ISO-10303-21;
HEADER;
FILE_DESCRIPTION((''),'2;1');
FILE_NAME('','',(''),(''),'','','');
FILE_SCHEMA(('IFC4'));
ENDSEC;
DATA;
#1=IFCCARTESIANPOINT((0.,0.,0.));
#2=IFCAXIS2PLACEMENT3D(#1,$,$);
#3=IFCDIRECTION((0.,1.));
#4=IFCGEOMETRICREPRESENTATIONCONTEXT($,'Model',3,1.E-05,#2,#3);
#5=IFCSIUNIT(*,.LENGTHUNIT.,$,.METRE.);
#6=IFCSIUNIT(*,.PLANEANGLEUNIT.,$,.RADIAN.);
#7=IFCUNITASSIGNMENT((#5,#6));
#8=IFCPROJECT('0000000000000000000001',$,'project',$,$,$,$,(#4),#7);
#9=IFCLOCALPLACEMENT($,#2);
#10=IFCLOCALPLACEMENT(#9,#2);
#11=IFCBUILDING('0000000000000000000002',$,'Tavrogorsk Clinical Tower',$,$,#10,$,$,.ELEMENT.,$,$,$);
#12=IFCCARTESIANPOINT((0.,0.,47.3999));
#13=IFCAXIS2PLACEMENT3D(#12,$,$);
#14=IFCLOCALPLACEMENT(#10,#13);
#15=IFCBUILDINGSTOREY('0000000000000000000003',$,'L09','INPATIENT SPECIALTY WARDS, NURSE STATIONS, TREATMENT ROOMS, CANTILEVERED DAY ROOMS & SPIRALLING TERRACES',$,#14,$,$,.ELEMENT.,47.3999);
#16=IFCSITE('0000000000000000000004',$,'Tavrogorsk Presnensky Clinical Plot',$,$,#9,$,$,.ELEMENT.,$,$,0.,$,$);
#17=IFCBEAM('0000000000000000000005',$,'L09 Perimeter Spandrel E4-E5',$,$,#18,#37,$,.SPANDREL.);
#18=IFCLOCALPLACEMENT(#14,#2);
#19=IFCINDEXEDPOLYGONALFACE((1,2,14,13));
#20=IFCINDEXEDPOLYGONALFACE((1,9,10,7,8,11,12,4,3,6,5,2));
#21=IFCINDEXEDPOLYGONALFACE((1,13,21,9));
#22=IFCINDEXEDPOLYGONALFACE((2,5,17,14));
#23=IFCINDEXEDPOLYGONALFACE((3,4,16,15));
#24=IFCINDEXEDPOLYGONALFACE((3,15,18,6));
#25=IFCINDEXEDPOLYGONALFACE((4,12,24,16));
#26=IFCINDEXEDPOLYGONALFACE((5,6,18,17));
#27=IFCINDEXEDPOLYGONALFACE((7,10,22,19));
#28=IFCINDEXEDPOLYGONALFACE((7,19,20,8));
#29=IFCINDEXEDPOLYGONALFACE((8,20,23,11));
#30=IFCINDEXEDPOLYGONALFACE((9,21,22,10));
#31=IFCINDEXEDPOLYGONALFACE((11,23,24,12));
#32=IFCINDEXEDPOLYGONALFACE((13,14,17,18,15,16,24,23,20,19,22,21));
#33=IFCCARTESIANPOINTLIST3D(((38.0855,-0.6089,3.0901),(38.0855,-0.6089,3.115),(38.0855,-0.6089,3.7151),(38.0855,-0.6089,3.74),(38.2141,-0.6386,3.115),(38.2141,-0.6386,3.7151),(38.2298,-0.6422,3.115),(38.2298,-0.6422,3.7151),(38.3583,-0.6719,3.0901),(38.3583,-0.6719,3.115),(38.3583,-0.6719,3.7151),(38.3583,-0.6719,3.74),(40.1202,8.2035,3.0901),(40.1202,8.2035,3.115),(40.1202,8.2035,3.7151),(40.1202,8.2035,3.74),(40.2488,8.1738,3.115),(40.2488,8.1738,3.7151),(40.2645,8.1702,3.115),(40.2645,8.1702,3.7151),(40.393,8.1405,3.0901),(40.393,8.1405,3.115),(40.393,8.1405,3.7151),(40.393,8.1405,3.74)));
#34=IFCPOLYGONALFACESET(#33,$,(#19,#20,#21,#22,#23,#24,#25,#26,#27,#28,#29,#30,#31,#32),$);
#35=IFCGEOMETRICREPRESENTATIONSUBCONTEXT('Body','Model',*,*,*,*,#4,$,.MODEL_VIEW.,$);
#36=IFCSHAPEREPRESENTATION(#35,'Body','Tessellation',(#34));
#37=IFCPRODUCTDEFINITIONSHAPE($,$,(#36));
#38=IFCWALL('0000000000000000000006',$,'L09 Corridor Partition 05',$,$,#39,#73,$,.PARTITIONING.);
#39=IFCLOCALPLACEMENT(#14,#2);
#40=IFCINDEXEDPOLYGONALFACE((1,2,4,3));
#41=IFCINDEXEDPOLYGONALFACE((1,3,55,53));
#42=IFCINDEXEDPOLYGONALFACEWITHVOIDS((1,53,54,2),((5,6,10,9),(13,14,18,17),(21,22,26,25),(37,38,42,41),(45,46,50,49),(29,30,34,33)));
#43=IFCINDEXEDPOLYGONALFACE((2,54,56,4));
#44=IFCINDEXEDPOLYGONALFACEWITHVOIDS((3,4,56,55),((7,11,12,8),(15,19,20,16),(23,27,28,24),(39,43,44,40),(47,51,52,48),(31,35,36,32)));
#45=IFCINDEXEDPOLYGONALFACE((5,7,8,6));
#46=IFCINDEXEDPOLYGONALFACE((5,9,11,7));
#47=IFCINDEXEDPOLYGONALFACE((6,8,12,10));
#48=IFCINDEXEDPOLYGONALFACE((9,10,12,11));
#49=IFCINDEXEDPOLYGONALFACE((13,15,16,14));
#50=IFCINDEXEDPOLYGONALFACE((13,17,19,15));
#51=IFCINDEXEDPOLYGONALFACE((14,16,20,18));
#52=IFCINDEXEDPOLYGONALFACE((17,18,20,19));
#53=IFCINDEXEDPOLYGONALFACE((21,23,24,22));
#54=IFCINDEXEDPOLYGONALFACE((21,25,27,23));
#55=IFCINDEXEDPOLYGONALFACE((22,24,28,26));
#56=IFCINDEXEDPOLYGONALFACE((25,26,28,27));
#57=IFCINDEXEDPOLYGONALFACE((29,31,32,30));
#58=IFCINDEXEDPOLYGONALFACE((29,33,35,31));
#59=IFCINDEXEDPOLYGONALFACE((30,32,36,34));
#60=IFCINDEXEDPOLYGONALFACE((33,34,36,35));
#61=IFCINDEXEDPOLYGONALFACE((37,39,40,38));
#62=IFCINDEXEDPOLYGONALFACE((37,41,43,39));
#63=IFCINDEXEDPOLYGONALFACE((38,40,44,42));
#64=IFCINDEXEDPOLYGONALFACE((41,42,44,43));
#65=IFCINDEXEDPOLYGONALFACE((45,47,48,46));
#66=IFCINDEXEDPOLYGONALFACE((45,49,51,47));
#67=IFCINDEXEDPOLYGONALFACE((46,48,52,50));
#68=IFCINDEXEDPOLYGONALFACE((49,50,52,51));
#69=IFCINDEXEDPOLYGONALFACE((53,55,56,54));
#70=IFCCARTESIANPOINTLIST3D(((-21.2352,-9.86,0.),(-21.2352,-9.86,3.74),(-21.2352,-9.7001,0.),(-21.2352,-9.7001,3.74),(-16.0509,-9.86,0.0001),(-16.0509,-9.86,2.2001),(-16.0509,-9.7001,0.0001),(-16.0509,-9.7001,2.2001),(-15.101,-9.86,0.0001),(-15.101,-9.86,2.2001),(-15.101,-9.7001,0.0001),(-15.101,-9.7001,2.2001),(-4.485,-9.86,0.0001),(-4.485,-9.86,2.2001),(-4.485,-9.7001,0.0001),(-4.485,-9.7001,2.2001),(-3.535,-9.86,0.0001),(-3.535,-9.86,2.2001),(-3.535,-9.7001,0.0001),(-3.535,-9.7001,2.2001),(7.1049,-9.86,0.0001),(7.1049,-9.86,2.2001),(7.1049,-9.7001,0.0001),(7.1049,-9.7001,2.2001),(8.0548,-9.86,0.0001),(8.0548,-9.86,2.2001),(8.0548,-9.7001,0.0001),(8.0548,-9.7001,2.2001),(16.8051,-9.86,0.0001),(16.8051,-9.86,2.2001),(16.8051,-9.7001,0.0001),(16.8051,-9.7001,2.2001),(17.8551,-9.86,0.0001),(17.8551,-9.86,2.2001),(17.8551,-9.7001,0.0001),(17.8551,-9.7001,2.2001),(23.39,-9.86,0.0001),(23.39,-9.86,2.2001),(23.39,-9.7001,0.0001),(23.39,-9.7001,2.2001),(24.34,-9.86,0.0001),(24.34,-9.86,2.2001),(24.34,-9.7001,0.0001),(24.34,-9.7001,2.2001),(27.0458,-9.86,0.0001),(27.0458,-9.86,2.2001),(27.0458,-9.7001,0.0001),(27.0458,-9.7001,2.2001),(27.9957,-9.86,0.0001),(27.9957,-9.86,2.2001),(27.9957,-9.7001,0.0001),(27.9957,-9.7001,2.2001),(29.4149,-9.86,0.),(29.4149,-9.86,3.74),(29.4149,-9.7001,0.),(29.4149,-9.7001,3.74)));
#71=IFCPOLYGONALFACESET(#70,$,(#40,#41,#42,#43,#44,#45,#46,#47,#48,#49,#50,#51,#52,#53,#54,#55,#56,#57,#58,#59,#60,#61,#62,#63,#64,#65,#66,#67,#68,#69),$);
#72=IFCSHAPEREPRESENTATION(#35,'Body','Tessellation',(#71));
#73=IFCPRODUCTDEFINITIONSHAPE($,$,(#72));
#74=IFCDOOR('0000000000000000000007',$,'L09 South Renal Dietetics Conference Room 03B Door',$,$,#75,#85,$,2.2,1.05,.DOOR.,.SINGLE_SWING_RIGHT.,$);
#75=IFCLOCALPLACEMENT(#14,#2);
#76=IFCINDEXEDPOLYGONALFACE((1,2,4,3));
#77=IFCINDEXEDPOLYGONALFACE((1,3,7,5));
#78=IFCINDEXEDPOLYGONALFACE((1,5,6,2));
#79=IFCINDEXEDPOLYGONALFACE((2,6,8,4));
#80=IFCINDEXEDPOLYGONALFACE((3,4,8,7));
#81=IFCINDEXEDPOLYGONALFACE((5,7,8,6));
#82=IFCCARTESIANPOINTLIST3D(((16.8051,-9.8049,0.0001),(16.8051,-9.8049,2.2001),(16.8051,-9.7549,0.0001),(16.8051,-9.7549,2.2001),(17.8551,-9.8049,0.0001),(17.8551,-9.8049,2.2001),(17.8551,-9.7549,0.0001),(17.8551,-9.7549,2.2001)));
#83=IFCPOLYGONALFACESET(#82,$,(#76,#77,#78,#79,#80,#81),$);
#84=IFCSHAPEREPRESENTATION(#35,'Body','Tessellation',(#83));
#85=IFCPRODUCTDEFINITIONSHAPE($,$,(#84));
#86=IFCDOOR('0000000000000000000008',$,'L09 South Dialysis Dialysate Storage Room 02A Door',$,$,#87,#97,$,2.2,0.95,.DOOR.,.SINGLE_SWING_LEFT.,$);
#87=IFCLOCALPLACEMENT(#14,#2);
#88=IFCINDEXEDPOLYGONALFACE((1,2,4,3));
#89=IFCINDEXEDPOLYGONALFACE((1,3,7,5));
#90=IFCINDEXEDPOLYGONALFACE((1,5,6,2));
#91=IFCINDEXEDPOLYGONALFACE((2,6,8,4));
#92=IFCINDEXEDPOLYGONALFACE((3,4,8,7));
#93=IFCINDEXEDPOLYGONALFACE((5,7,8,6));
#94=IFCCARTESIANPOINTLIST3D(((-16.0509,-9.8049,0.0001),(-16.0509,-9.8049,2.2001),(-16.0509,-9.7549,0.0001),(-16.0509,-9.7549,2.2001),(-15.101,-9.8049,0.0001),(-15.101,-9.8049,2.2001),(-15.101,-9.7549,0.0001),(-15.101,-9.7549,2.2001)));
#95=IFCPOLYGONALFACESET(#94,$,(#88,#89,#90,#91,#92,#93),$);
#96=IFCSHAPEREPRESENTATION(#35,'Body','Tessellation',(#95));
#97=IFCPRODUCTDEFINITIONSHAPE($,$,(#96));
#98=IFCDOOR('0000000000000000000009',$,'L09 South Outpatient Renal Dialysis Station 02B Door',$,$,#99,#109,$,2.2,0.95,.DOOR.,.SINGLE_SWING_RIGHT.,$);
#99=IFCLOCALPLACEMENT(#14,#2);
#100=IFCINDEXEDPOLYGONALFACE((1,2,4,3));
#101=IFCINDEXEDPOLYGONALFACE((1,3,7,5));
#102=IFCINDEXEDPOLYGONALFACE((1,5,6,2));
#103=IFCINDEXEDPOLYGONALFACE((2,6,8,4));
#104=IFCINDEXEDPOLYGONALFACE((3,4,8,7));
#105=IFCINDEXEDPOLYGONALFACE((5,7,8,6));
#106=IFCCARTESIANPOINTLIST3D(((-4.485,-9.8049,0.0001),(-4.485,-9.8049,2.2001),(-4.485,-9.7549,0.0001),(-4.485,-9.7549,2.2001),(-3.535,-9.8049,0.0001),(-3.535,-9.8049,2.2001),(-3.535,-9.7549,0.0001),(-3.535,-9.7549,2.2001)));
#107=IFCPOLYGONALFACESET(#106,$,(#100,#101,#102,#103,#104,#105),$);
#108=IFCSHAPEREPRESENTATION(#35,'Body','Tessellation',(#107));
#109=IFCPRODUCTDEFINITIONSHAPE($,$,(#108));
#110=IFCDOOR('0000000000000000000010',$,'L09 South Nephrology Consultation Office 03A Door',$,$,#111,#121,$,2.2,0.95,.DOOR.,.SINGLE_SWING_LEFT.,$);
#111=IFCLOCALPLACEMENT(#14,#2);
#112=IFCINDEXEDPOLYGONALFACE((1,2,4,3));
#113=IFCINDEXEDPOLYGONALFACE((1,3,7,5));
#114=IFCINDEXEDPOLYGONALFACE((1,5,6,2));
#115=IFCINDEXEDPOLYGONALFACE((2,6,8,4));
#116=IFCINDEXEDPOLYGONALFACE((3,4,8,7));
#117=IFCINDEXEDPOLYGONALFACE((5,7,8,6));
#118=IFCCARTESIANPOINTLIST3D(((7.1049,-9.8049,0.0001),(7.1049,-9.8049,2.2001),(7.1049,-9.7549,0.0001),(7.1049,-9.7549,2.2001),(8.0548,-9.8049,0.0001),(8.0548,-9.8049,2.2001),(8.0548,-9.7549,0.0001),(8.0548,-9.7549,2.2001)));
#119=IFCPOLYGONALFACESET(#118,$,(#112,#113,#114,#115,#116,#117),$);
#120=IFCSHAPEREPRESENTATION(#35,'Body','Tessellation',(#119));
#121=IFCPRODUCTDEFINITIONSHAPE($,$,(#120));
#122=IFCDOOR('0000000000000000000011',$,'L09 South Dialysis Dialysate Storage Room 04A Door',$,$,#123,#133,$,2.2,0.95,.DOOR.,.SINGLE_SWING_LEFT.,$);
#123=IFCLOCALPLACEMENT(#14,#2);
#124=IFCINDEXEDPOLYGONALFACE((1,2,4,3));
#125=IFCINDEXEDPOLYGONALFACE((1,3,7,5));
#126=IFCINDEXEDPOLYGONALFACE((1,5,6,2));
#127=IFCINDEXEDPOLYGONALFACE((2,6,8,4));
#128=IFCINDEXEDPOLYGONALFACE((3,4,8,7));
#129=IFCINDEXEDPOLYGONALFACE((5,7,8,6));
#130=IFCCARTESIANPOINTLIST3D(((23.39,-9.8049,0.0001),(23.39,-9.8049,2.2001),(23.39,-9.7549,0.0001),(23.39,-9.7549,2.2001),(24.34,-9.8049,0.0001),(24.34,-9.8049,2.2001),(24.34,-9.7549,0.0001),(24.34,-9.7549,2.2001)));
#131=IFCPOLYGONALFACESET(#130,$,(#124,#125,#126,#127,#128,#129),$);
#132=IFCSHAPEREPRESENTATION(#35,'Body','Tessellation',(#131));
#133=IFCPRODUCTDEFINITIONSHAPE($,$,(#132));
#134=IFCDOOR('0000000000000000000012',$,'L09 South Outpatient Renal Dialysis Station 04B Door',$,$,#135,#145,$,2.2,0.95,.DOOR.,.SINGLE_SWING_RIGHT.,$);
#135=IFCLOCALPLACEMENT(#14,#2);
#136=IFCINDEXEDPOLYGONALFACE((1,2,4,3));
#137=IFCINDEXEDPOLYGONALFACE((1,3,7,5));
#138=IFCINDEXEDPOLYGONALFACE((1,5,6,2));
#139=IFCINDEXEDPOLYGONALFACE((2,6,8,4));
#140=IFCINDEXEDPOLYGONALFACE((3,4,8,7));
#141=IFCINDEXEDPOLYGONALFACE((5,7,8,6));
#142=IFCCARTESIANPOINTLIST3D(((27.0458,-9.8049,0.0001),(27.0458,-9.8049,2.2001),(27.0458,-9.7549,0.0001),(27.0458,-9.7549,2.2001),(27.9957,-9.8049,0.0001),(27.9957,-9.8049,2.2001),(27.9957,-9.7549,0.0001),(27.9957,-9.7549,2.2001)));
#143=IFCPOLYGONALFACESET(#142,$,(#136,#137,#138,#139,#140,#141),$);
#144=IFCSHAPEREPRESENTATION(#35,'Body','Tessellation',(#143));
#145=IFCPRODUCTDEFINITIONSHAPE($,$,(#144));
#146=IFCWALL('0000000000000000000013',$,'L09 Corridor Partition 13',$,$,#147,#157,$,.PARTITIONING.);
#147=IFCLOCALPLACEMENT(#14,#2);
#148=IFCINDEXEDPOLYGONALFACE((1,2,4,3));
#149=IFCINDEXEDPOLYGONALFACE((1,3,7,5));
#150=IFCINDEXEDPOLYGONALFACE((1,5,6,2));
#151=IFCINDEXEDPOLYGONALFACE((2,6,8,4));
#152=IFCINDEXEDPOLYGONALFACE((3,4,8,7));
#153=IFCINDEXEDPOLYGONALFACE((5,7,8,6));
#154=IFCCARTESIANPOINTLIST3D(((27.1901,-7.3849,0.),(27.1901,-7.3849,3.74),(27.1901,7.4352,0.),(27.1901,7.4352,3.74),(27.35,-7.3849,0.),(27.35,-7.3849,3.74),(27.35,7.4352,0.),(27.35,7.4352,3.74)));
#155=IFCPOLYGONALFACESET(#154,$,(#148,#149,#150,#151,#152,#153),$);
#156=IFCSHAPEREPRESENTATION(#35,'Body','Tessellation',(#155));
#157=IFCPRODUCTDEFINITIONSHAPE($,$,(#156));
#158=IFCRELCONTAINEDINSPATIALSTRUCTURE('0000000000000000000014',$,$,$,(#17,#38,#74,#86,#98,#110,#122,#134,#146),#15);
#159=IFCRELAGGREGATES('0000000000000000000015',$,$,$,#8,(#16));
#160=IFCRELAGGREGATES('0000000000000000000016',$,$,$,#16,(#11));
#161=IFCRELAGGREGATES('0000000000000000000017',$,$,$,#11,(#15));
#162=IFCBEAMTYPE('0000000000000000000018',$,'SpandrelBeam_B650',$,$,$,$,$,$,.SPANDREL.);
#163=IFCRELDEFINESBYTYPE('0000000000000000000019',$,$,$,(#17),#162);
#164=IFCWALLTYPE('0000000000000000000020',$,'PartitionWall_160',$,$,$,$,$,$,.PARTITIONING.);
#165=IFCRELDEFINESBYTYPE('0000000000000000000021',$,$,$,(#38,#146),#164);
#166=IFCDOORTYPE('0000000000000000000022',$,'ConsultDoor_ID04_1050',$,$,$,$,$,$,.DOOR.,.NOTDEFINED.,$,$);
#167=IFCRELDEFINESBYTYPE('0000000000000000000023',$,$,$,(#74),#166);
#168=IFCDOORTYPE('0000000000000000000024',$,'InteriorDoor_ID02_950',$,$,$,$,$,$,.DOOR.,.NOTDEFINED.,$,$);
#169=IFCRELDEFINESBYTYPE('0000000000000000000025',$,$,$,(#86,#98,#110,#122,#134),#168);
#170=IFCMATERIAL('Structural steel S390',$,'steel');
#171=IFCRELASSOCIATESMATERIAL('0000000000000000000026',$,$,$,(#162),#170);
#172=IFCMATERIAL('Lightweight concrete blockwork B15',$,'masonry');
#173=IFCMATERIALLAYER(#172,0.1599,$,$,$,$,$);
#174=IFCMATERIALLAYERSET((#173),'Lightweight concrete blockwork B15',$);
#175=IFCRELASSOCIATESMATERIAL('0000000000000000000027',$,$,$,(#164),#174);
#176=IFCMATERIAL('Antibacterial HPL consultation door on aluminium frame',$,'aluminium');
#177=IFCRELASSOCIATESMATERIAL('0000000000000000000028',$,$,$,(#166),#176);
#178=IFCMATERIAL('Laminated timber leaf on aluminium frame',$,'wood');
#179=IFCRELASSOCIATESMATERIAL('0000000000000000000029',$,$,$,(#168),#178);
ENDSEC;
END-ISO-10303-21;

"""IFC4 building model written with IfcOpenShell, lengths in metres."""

from ifc_helpers import new_model, si_unit, direction, frame, frame_2d, origin, origin_2d, place, context, subcontext, project, spatial, rectangle, i_section, extrude, material, layer, layer_set, material_profile, profile_set, type_object, element, fill, save


model = new_model("IFC4")

# Units and contexts
model_context = context("Model", 3, precision=1e-05, world=origin(), true_north=direction((0.0, 1.0)))
body_context = subcontext(model_context, "Body", "Model", "MODEL_VIEW")
ifc_project = project(units=[si_unit("LENGTHUNIT", "METRE"), si_unit("PLANEANGLEUNIT", "RADIAN")], contexts=[model_context])

# Site, building, storey
site_placement = place(None, origin())
site = spatial("IfcSite", under=ifc_project, at=site_placement, Name="Tavrogorsk Presnensky Clinical Plot", CompositionType="ELEMENT", RefElevation=0.0)
building_placement = place(site_placement, origin())
building = spatial("IfcBuilding", under=site, at=building_placement, Name="Tavrogorsk Clinical Tower", CompositionType="ELEMENT")
storey_placement = place(building_placement, frame((0.0, 0.0, 47.3999)))
storey = spatial("IfcBuildingStorey", under=building, at=storey_placement, Name="L09", Description="INPATIENT SPECIALTY WARDS, NURSE STATIONS, TREATMENT ROOMS, CANTILEVERED DAY ROOMS & SPIRALLING TERRACES", CompositionType="ELEMENT", Elevation=47.3999)

# Beam
ifc_material_1 = material(Name="Structural steel S390", Category="steel")
ifc_material_profile_1 = material_profile(ifc_material_1, i_section(OverallWidth=0.28, OverallDepth=0.6499, WebThickness=0.0161, FlangeThickness=0.0249, at=origin_2d()), Name="B-650x280x16x25")
ifc_profile_set_1 = profile_set([ifc_material_profile_1], Name="Structural steel S390")
beam_type_1 = type_object("IfcBeamType", Name="SpandrelBeam_B650", PredefinedType="SPANDREL", material=ifc_profile_set_1)
beam_1_placement = place(storey_placement, frame((38.2219, -0.6404, 3.415), z_axis=(0.224972, 0.974365, 0.0), x_axis=(-0.974365, 0.224972, 0.0)))
element("IfcBeam", 1, at=beam_1_placement, inside=storey, type_object=beam_type_1, Name="L09 Perimeter Spandrel E4-E5", PredefinedType="SPANDREL", context=body_context, shape_type="SweptSolid", body=[
    extrude(i_section(OverallWidth=0.28, OverallDepth=0.6499, WebThickness=0.0161, FlangeThickness=0.0249, at=origin_2d()), origin(), (0.0, 0.0, 1.0), 9.0442),
])

# Wall, openings, doors
ifc_material_2 = material(Name="Lightweight concrete blockwork B15", Category="masonry")
ifc_layer_1 = layer(ifc_material_2, 0.1599)
ifc_layer_set_1 = layer_set([ifc_layer_1], Name="Lightweight concrete blockwork B15")
wall_type_1 = type_object("IfcWallType", Name="PartitionWall_160", PredefinedType="PARTITIONING", material=ifc_layer_set_1)
wall_1_placement = place(storey_placement, frame((29.415, -9.78, 0.0), z_axis=(0.0, 0.0, 1.0), x_axis=(-1.0, 0.0, 0.0)))
wall_1 = element("IfcWall", 2, at=wall_1_placement, inside=storey, type_object=wall_type_1, Name="L09 Corridor Partition 05", PredefinedType="PARTITIONING", context=body_context, shape_type="SweptSolid", body=[
    extrude(rectangle(XDim=50.6501, YDim=0.1599, at=frame_2d((25.3252, 0.0))), origin(), (0.0, 0.0, 1.0), 3.74),
])
opening_1_placement = place(wall_1_placement, frame((44.5159, 0.0, 0.0)))
opening_1 = element("IfcOpeningElement", 3, at=opening_1_placement, cuts=wall_1, PredefinedType="OPENING", context=body_context, shape_type="SweptSolid", body=[
    extrude(rectangle(XDim=0.95, YDim=2.2, at=frame_2d((0.4751, 1.1001))), frame((0.0, 0.0898, 0.0), z_axis=(0.0, -1.0, 0.0), x_axis=(1.0, 0.0, 0.0)), (0.0, 0.0, 1.0), 0.1799),
])
opening_2_placement = place(wall_1_placement, frame((32.95, 0.0, 0.0)))
opening_2 = element("IfcOpeningElement", 4, at=opening_2_placement, cuts=wall_1, PredefinedType="OPENING", context=body_context, shape_type="SweptSolid", body=[
    extrude(rectangle(XDim=0.95, YDim=2.2, at=frame_2d((0.4751, 1.1001))), frame((0.0, 0.0898, 0.0), z_axis=(0.0, -1.0, 0.0), x_axis=(1.0, 0.0, 0.0)), (0.0, 0.0, 1.0), 0.1799),
])
opening_3_placement = place(wall_1_placement, frame((21.3601, 0.0, 0.0)))
opening_3 = element("IfcOpeningElement", 5, at=opening_3_placement, cuts=wall_1, PredefinedType="OPENING", context=body_context, shape_type="SweptSolid", body=[
    extrude(rectangle(XDim=0.95, YDim=2.2, at=frame_2d((0.4751, 1.1001))), frame((0.0, 0.0898, 0.0), z_axis=(0.0, -1.0, 0.0), x_axis=(1.0, 0.0, 0.0)), (0.0, 0.0, 1.0), 0.1799),
])
opening_4_placement = place(wall_1_placement, frame((11.5601, 0.0, 0.0)))
opening_4 = element("IfcOpeningElement", 6, at=opening_4_placement, cuts=wall_1, PredefinedType="OPENING", context=body_context, shape_type="SweptSolid", body=[
    extrude(rectangle(XDim=1.05, YDim=2.2, at=frame_2d((0.5249, 1.1001))), frame((0.0, 0.0898, 0.0), z_axis=(0.0, -1.0, 0.0), x_axis=(1.0, 0.0, 0.0)), (0.0, 0.0, 1.0), 0.1799),
])
opening_5_placement = place(wall_1_placement, frame((5.075, 0.0, 0.0)))
opening_5 = element("IfcOpeningElement", 7, at=opening_5_placement, cuts=wall_1, PredefinedType="OPENING", context=body_context, shape_type="SweptSolid", body=[
    extrude(rectangle(XDim=0.95, YDim=2.2, at=frame_2d((0.4751, 1.1001))), frame((0.0, 0.0898, 0.0), z_axis=(0.0, -1.0, 0.0), x_axis=(1.0, 0.0, 0.0)), (0.0, 0.0, 1.0), 0.1799),
])
opening_6_placement = place(wall_1_placement, frame((1.4192, 0.0, 0.0)))
opening_6 = element("IfcOpeningElement", 8, at=opening_6_placement, cuts=wall_1, PredefinedType="OPENING", context=body_context, shape_type="SweptSolid", body=[
    extrude(rectangle(XDim=0.95, YDim=2.2, at=frame_2d((0.4751, 1.1001))), frame((0.0, 0.0898, 0.0), z_axis=(0.0, -1.0, 0.0), x_axis=(1.0, 0.0, 0.0)), (0.0, 0.0, 1.0), 0.1799),
])
ifc_material_3 = material(Name="Antibacterial HPL consultation door on aluminium frame", Category="aluminium")
door_type_1 = type_object("IfcDoorType", Name="ConsultDoor_ID04_1050", OperationType="NOTDEFINED", PredefinedType="DOOR", material=ifc_material_3)
door_1_placement = place(opening_4_placement, origin())
door_1 = element("IfcDoor", 9, at=door_1_placement, inside=storey, type_object=door_type_1, Name="L09 South Renal Dietetics Conference Room 03B Door", OperationType="SINGLE_SWING_RIGHT", OverallHeight=2.2, OverallWidth=1.05, PredefinedType="DOOR", context=body_context, shape_type="SweptSolid", body=[
    extrude(rectangle(XDim=1.05, YDim=2.2, at=frame_2d((0.5249, 1.1001))), frame((0.0, 0.0249, 0.0), z_axis=(0.0, -1.0, 0.0), x_axis=(1.0, 0.0, 0.0)), (0.0, 0.0, 1.0), 0.05),
])
fill(opening_4, door_1)
ifc_material_4 = material(Name="Laminated timber leaf on aluminium frame", Category="wood")
door_type_2 = type_object("IfcDoorType", Name="InteriorDoor_ID02_950", OperationType="NOTDEFINED", PredefinedType="DOOR", material=ifc_material_4)
door_2_placement = place(opening_1_placement, origin())
door_2 = element("IfcDoor", 10, at=door_2_placement, inside=storey, type_object=door_type_2, Name="L09 South Dialysis Dialysate Storage Room 02A Door", OperationType="SINGLE_SWING_LEFT", OverallHeight=2.2, OverallWidth=0.95, PredefinedType="DOOR", context=body_context, shape_type="SweptSolid", body=[
    extrude(rectangle(XDim=0.95, YDim=2.2, at=frame_2d((0.4751, 1.1001))), frame((0.0, 0.0249, 0.0), z_axis=(0.0, -1.0, 0.0), x_axis=(1.0, 0.0, 0.0)), (0.0, 0.0, 1.0), 0.05),
])
fill(opening_1, door_2)
door_3_placement = place(opening_2_placement, origin())
door_3 = element("IfcDoor", 11, at=door_3_placement, inside=storey, type_object=door_type_2, Name="L09 South Outpatient Renal Dialysis Station 02B Door", OperationType="SINGLE_SWING_RIGHT", OverallHeight=2.2, OverallWidth=0.95, PredefinedType="DOOR", context=body_context, shape_type="SweptSolid", body=[
    extrude(rectangle(XDim=0.95, YDim=2.2, at=frame_2d((0.4751, 1.1001))), frame((0.0, 0.0249, 0.0), z_axis=(0.0, -1.0, 0.0), x_axis=(1.0, 0.0, 0.0)), (0.0, 0.0, 1.0), 0.05),
])
fill(opening_2, door_3)
door_4_placement = place(opening_3_placement, origin())
door_4 = element("IfcDoor", 12, at=door_4_placement, inside=storey, type_object=door_type_2, Name="L09 South Nephrology Consultation Office 03A Door", OperationType="SINGLE_SWING_LEFT", OverallHeight=2.2, OverallWidth=0.95, PredefinedType="DOOR", context=body_context, shape_type="SweptSolid", body=[
    extrude(rectangle(XDim=0.95, YDim=2.2, at=frame_2d((0.4751, 1.1001))), frame((0.0, 0.0249, 0.0), z_axis=(0.0, -1.0, 0.0), x_axis=(1.0, 0.0, 0.0)), (0.0, 0.0, 1.0), 0.05),
])
fill(opening_3, door_4)
door_5_placement = place(opening_5_placement, origin())
door_5 = element("IfcDoor", 13, at=door_5_placement, inside=storey, type_object=door_type_2, Name="L09 South Dialysis Dialysate Storage Room 04A Door", OperationType="SINGLE_SWING_LEFT", OverallHeight=2.2, OverallWidth=0.95, PredefinedType="DOOR", context=body_context, shape_type="SweptSolid", body=[
    extrude(rectangle(XDim=0.95, YDim=2.2, at=frame_2d((0.4751, 1.1001))), frame((0.0, 0.0249, 0.0), z_axis=(0.0, -1.0, 0.0), x_axis=(1.0, 0.0, 0.0)), (0.0, 0.0, 1.0), 0.05),
])
fill(opening_5, door_5)
door_6_placement = place(opening_6_placement, origin())
door_6 = element("IfcDoor", 14, at=door_6_placement, inside=storey, type_object=door_type_2, Name="L09 South Outpatient Renal Dialysis Station 04B Door", OperationType="SINGLE_SWING_RIGHT", OverallHeight=2.2, OverallWidth=0.95, PredefinedType="DOOR", context=body_context, shape_type="SweptSolid", body=[
    extrude(rectangle(XDim=0.95, YDim=2.2, at=frame_2d((0.4751, 1.1001))), frame((0.0, 0.0249, 0.0), z_axis=(0.0, -1.0, 0.0), x_axis=(1.0, 0.0, 0.0)), (0.0, 0.0, 1.0), 0.05),
])
fill(opening_6, door_6)

# Wall
wall_2_placement = place(storey_placement, frame((27.27, -7.385, 0.0), z_axis=(0.0, 0.0, 1.0), x_axis=(0.0, 1.0, 0.0)))
element("IfcWall", 15, at=wall_2_placement, inside=storey, type_object=wall_type_1, Name="L09 Corridor Partition 13", PredefinedType="PARTITIONING", context=body_context, shape_type="SweptSolid", body=[
    extrude(rectangle(XDim=14.8201, YDim=0.1599, at=frame_2d((7.4102, 0.0))), origin(), (0.0, 0.0, 1.0), 3.74),
])

save(model, "model.ifc")
